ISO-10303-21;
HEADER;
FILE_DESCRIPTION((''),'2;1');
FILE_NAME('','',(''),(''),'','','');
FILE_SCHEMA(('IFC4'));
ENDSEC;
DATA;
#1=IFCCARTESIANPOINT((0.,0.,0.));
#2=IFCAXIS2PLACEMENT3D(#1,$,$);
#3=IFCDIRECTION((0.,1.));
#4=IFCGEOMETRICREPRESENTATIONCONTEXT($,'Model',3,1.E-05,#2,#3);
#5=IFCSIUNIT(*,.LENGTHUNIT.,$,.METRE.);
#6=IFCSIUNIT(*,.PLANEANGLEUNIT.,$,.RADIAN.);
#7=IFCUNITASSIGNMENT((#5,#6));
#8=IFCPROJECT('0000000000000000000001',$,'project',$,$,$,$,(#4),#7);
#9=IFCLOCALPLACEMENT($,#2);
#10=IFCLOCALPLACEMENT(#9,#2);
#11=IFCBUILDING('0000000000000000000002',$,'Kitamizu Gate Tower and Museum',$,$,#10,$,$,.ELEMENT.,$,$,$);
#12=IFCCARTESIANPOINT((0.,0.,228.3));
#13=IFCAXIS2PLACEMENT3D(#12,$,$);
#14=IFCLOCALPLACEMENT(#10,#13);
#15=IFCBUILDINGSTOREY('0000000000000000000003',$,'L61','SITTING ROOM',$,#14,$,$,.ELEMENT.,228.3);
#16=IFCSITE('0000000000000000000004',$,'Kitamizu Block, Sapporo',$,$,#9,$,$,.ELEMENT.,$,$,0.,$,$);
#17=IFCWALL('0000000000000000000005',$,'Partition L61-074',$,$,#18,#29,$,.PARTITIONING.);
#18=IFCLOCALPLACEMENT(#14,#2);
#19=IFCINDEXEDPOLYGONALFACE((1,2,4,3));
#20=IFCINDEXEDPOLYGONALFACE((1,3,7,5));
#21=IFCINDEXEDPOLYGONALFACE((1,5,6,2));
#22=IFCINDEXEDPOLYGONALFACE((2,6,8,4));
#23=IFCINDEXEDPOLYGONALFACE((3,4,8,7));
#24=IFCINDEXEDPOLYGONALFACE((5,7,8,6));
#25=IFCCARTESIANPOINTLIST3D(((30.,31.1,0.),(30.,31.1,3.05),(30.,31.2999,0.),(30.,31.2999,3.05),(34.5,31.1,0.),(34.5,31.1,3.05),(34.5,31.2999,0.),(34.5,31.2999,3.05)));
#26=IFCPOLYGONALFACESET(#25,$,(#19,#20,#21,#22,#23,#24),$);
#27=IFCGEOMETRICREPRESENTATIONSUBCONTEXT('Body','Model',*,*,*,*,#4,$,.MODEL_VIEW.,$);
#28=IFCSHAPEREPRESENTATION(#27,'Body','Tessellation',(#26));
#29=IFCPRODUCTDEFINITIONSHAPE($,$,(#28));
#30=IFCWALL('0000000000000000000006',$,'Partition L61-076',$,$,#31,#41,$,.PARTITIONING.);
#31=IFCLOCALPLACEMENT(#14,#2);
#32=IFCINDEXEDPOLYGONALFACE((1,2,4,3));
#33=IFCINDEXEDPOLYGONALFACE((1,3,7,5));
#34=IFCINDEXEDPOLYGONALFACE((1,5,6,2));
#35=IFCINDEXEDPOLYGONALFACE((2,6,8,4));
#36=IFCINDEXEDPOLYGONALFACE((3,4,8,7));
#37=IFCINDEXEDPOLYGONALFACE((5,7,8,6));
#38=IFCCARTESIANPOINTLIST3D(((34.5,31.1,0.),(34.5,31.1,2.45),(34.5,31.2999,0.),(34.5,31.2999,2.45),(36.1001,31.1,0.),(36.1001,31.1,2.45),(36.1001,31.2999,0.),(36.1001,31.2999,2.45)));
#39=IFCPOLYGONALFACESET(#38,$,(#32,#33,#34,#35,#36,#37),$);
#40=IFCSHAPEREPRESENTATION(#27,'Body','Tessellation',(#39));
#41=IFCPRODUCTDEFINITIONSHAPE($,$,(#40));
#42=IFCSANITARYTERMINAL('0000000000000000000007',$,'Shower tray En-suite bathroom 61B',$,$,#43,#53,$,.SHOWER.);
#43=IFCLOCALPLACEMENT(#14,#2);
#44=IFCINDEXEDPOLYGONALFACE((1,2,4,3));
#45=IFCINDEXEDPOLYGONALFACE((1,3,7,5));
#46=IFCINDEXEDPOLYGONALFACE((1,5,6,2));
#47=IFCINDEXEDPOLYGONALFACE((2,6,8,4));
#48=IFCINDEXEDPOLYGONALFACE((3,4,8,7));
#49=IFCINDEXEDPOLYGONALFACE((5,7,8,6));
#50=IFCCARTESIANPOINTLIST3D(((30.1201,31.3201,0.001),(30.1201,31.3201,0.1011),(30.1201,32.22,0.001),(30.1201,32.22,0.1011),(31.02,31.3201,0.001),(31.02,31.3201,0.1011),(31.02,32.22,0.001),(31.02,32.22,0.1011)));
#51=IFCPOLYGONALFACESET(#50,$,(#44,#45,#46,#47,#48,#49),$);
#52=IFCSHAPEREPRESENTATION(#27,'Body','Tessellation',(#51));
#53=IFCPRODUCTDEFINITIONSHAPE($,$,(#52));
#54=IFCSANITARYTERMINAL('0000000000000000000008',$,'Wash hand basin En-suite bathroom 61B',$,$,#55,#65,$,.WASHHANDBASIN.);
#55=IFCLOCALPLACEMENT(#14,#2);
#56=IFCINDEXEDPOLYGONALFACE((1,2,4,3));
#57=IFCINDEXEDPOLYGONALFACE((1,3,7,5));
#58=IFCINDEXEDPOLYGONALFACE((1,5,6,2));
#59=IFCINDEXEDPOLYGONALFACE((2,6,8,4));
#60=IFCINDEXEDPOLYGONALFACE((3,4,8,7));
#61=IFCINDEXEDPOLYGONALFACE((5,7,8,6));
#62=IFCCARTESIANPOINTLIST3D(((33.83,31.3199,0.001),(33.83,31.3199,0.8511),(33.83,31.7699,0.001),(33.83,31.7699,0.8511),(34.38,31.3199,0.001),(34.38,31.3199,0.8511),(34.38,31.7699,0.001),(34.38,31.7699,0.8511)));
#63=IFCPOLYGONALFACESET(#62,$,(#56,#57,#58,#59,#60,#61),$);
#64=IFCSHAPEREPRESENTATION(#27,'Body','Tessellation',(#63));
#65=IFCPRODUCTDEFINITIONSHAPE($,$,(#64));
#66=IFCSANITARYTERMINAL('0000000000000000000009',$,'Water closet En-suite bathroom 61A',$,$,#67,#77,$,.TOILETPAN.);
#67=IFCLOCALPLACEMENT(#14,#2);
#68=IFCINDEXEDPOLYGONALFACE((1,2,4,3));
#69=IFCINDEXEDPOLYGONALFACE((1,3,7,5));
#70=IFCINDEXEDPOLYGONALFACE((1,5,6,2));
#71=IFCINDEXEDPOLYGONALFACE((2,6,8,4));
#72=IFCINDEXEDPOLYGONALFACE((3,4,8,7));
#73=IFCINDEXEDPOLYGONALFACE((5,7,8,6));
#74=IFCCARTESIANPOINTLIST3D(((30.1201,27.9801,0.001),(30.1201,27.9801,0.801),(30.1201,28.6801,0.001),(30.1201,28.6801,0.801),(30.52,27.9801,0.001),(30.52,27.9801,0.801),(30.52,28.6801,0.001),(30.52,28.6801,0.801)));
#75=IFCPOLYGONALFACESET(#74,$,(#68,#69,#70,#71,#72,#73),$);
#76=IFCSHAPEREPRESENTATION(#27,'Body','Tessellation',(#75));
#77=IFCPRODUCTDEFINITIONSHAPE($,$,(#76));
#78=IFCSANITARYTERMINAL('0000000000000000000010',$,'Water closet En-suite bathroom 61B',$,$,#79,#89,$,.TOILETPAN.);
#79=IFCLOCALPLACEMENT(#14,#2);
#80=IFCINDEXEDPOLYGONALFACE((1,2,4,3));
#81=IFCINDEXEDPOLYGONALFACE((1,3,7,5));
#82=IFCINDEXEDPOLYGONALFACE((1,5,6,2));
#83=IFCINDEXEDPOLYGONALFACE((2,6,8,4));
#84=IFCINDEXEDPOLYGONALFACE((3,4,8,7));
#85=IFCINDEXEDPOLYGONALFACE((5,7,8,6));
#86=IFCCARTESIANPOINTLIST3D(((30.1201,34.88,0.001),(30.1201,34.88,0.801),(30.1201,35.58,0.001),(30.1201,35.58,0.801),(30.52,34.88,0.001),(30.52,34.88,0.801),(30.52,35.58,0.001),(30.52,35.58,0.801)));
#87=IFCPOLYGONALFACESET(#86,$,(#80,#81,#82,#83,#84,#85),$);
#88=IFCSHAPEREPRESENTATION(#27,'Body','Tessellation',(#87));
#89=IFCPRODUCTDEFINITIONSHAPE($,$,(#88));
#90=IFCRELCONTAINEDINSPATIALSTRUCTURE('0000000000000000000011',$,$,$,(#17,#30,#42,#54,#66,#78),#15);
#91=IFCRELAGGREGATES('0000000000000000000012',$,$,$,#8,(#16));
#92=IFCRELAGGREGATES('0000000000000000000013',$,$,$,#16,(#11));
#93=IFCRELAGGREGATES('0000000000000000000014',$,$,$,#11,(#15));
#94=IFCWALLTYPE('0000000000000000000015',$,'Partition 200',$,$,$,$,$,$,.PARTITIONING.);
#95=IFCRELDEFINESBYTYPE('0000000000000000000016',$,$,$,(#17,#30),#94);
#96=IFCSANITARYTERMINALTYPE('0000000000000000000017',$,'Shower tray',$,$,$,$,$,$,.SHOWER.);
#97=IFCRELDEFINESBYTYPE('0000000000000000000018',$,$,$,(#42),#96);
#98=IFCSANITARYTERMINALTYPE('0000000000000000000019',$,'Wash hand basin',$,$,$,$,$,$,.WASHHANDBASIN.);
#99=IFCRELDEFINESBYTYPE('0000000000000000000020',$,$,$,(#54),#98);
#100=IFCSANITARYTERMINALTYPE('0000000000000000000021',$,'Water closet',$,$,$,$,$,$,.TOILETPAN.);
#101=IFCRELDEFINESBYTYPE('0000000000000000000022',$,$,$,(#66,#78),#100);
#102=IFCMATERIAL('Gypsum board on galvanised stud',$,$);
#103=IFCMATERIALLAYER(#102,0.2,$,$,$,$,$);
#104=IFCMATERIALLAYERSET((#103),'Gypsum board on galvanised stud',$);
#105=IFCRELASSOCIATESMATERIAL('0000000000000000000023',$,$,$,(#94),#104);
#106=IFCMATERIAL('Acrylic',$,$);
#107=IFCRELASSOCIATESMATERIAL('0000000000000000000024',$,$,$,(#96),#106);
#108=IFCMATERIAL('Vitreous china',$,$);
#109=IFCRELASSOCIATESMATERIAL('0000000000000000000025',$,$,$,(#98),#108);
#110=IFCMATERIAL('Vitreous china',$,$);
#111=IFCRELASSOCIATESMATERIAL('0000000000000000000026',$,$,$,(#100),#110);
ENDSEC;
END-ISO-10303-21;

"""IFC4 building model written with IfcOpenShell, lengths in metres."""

from ifc_helpers import new_model, si_unit, direction, frame, frame_2d, origin, origin_2d, place, context, subcontext, project, spatial, rectangle, extrude, material, layer, layer_set, type_object, element, save


model = new_model("IFC4")

# Units and contexts
model_context = context("Model", 3, precision=1e-05, world=origin(), true_north=direction((0.0, 1.0)))
body_context = subcontext(model_context, "Body", "Model", "MODEL_VIEW")
ifc_project = project(units=[si_unit("LENGTHUNIT", "METRE"), si_unit("PLANEANGLEUNIT", "RADIAN")], contexts=[model_context])

# Site, building, storey
site_placement = place(None, origin())
site = spatial("IfcSite", under=ifc_project, at=site_placement, Name="Kitamizu Block, Sapporo", CompositionType="ELEMENT", RefElevation=0.0)
building_placement = place(site_placement, origin())
building = spatial("IfcBuilding", under=site, at=building_placement, Name="Kitamizu Gate Tower and Museum", CompositionType="ELEMENT")
storey_placement = place(building_placement, frame((0.0, 0.0, 228.3)))
storey = spatial("IfcBuildingStorey", under=building, at=storey_placement, Name="L61", Description="SITTING ROOM", CompositionType="ELEMENT", Elevation=228.3)

# Walls
ifc_material_1 = material(Name="Gypsum board on galvanised stud")
ifc_layer_1 = layer(ifc_material_1, 0.2)
ifc_layer_set_1 = layer_set([ifc_layer_1], Name="Gypsum board on galvanised stud")
wall_type_1 = type_object("IfcWallType", Name="Partition 200", PredefinedType="PARTITIONING", material=ifc_layer_set_1)
wall_1_placement = place(storey_placement, frame((30.0, 31.2, 0.0), z_axis=(0.0, 0.0, 1.0), x_axis=(1.0, 0.0, 0.0)))
element("IfcWall", 1, at=wall_1_placement, inside=storey, type_object=wall_type_1, Name="Partition L61-074", PredefinedType="PARTITIONING", context=body_context, shape_type="SweptSolid", body=[
    extrude(rectangle(XDim=4.5, YDim=0.2, at=frame_2d((2.25, 0.0))), origin(), (0.0, 0.0, 1.0), 3.05),
])
wall_2_placement = place(storey_placement, frame((34.5, 31.2, 0.0), z_axis=(0.0, 0.0, 1.0), x_axis=(1.0, 0.0, 0.0)))
element("IfcWall", 2, at=wall_2_placement, inside=storey, type_object=wall_type_1, Name="Partition L61-076", PredefinedType="PARTITIONING", context=body_context, shape_type="SweptSolid", body=[
    extrude(rectangle(XDim=1.6001, YDim=0.2, at=frame_2d((0.8, 0.0))), origin(), (0.0, 0.0, 1.0), 2.45),
])

# Sanitary terminals
ifc_material_2 = material(Name="Acrylic")
sanitary_terminal_type_1 = type_object("IfcSanitaryTerminalType", Name="Shower tray", PredefinedType="SHOWER", material=ifc_material_2)
sanitary_terminal_1_placement = place(storey_placement, frame((30.5701, 31.77, 0.001), z_axis=(0.0, 0.0, 1.0), x_axis=(1.0, 0.0, 0.0)))
element("IfcSanitaryTerminal", 3, at=sanitary_terminal_1_placement, inside=storey, type_object=sanitary_terminal_type_1, Name="Shower tray En-suite bathroom 61B", PredefinedType="SHOWER", context=body_context, shape_type="SweptSolid", body=[
    extrude(rectangle(XDim=0.8999, YDim=0.8999, at=origin_2d()), origin(), (0.0, 0.0, 1.0), 0.1001),
])
ifc_material_3 = material(Name="Vitreous china")
sanitary_terminal_type_2 = type_object("IfcSanitaryTerminalType", Name="Wash hand basin", PredefinedType="WASHHANDBASIN", material=ifc_material_3)
sanitary_terminal_2_placement = place(storey_placement, frame((34.105, 31.5449, 0.001), z_axis=(0.0, 0.0, 1.0), x_axis=(1.0, 0.0, 0.0)))
element("IfcSanitaryTerminal", 4, at=sanitary_terminal_2_placement, inside=storey, type_object=sanitary_terminal_type_2, Name="Wash hand basin En-suite bathroom 61B", PredefinedType="WASHHANDBASIN", context=body_context, shape_type="SweptSolid", body=[
    extrude(rectangle(XDim=0.55, YDim=0.45, at=origin_2d()), origin(), (0.0, 0.0, 1.0), 0.8501),
])
ifc_material_4 = material(Name="Vitreous china")
sanitary_terminal_type_3 = type_object("IfcSanitaryTerminalType", Name="Water closet", PredefinedType="TOILETPAN", material=ifc_material_4)
for number, where, z_axis, x_axis, name in (
    (5, (30.3201, 28.3301, 0.001), (0.0, 0.0, 1.0), (1.0, 0.0, 0.0), "Water closet En-suite bathroom 61A"),
    (6, (30.3201, 35.23, 0.001), (0.0, 0.0, 1.0), (1.0, 0.0, 0.0), "Water closet En-suite bathroom 61B"),
):
    element("IfcSanitaryTerminal", number, at=place(storey_placement, frame(where, z_axis=z_axis, x_axis=x_axis)), inside=storey, type_object=sanitary_terminal_type_3, Name=name, PredefinedType="TOILETPAN", context=body_context, shape_type="SweptSolid", body=[
        extrude(rectangle(XDim=0.3999, YDim=0.7, at=origin_2d()), origin(), (0.0, 0.0, 1.0), 0.8),
    ])

save(model, "model.ifc")
